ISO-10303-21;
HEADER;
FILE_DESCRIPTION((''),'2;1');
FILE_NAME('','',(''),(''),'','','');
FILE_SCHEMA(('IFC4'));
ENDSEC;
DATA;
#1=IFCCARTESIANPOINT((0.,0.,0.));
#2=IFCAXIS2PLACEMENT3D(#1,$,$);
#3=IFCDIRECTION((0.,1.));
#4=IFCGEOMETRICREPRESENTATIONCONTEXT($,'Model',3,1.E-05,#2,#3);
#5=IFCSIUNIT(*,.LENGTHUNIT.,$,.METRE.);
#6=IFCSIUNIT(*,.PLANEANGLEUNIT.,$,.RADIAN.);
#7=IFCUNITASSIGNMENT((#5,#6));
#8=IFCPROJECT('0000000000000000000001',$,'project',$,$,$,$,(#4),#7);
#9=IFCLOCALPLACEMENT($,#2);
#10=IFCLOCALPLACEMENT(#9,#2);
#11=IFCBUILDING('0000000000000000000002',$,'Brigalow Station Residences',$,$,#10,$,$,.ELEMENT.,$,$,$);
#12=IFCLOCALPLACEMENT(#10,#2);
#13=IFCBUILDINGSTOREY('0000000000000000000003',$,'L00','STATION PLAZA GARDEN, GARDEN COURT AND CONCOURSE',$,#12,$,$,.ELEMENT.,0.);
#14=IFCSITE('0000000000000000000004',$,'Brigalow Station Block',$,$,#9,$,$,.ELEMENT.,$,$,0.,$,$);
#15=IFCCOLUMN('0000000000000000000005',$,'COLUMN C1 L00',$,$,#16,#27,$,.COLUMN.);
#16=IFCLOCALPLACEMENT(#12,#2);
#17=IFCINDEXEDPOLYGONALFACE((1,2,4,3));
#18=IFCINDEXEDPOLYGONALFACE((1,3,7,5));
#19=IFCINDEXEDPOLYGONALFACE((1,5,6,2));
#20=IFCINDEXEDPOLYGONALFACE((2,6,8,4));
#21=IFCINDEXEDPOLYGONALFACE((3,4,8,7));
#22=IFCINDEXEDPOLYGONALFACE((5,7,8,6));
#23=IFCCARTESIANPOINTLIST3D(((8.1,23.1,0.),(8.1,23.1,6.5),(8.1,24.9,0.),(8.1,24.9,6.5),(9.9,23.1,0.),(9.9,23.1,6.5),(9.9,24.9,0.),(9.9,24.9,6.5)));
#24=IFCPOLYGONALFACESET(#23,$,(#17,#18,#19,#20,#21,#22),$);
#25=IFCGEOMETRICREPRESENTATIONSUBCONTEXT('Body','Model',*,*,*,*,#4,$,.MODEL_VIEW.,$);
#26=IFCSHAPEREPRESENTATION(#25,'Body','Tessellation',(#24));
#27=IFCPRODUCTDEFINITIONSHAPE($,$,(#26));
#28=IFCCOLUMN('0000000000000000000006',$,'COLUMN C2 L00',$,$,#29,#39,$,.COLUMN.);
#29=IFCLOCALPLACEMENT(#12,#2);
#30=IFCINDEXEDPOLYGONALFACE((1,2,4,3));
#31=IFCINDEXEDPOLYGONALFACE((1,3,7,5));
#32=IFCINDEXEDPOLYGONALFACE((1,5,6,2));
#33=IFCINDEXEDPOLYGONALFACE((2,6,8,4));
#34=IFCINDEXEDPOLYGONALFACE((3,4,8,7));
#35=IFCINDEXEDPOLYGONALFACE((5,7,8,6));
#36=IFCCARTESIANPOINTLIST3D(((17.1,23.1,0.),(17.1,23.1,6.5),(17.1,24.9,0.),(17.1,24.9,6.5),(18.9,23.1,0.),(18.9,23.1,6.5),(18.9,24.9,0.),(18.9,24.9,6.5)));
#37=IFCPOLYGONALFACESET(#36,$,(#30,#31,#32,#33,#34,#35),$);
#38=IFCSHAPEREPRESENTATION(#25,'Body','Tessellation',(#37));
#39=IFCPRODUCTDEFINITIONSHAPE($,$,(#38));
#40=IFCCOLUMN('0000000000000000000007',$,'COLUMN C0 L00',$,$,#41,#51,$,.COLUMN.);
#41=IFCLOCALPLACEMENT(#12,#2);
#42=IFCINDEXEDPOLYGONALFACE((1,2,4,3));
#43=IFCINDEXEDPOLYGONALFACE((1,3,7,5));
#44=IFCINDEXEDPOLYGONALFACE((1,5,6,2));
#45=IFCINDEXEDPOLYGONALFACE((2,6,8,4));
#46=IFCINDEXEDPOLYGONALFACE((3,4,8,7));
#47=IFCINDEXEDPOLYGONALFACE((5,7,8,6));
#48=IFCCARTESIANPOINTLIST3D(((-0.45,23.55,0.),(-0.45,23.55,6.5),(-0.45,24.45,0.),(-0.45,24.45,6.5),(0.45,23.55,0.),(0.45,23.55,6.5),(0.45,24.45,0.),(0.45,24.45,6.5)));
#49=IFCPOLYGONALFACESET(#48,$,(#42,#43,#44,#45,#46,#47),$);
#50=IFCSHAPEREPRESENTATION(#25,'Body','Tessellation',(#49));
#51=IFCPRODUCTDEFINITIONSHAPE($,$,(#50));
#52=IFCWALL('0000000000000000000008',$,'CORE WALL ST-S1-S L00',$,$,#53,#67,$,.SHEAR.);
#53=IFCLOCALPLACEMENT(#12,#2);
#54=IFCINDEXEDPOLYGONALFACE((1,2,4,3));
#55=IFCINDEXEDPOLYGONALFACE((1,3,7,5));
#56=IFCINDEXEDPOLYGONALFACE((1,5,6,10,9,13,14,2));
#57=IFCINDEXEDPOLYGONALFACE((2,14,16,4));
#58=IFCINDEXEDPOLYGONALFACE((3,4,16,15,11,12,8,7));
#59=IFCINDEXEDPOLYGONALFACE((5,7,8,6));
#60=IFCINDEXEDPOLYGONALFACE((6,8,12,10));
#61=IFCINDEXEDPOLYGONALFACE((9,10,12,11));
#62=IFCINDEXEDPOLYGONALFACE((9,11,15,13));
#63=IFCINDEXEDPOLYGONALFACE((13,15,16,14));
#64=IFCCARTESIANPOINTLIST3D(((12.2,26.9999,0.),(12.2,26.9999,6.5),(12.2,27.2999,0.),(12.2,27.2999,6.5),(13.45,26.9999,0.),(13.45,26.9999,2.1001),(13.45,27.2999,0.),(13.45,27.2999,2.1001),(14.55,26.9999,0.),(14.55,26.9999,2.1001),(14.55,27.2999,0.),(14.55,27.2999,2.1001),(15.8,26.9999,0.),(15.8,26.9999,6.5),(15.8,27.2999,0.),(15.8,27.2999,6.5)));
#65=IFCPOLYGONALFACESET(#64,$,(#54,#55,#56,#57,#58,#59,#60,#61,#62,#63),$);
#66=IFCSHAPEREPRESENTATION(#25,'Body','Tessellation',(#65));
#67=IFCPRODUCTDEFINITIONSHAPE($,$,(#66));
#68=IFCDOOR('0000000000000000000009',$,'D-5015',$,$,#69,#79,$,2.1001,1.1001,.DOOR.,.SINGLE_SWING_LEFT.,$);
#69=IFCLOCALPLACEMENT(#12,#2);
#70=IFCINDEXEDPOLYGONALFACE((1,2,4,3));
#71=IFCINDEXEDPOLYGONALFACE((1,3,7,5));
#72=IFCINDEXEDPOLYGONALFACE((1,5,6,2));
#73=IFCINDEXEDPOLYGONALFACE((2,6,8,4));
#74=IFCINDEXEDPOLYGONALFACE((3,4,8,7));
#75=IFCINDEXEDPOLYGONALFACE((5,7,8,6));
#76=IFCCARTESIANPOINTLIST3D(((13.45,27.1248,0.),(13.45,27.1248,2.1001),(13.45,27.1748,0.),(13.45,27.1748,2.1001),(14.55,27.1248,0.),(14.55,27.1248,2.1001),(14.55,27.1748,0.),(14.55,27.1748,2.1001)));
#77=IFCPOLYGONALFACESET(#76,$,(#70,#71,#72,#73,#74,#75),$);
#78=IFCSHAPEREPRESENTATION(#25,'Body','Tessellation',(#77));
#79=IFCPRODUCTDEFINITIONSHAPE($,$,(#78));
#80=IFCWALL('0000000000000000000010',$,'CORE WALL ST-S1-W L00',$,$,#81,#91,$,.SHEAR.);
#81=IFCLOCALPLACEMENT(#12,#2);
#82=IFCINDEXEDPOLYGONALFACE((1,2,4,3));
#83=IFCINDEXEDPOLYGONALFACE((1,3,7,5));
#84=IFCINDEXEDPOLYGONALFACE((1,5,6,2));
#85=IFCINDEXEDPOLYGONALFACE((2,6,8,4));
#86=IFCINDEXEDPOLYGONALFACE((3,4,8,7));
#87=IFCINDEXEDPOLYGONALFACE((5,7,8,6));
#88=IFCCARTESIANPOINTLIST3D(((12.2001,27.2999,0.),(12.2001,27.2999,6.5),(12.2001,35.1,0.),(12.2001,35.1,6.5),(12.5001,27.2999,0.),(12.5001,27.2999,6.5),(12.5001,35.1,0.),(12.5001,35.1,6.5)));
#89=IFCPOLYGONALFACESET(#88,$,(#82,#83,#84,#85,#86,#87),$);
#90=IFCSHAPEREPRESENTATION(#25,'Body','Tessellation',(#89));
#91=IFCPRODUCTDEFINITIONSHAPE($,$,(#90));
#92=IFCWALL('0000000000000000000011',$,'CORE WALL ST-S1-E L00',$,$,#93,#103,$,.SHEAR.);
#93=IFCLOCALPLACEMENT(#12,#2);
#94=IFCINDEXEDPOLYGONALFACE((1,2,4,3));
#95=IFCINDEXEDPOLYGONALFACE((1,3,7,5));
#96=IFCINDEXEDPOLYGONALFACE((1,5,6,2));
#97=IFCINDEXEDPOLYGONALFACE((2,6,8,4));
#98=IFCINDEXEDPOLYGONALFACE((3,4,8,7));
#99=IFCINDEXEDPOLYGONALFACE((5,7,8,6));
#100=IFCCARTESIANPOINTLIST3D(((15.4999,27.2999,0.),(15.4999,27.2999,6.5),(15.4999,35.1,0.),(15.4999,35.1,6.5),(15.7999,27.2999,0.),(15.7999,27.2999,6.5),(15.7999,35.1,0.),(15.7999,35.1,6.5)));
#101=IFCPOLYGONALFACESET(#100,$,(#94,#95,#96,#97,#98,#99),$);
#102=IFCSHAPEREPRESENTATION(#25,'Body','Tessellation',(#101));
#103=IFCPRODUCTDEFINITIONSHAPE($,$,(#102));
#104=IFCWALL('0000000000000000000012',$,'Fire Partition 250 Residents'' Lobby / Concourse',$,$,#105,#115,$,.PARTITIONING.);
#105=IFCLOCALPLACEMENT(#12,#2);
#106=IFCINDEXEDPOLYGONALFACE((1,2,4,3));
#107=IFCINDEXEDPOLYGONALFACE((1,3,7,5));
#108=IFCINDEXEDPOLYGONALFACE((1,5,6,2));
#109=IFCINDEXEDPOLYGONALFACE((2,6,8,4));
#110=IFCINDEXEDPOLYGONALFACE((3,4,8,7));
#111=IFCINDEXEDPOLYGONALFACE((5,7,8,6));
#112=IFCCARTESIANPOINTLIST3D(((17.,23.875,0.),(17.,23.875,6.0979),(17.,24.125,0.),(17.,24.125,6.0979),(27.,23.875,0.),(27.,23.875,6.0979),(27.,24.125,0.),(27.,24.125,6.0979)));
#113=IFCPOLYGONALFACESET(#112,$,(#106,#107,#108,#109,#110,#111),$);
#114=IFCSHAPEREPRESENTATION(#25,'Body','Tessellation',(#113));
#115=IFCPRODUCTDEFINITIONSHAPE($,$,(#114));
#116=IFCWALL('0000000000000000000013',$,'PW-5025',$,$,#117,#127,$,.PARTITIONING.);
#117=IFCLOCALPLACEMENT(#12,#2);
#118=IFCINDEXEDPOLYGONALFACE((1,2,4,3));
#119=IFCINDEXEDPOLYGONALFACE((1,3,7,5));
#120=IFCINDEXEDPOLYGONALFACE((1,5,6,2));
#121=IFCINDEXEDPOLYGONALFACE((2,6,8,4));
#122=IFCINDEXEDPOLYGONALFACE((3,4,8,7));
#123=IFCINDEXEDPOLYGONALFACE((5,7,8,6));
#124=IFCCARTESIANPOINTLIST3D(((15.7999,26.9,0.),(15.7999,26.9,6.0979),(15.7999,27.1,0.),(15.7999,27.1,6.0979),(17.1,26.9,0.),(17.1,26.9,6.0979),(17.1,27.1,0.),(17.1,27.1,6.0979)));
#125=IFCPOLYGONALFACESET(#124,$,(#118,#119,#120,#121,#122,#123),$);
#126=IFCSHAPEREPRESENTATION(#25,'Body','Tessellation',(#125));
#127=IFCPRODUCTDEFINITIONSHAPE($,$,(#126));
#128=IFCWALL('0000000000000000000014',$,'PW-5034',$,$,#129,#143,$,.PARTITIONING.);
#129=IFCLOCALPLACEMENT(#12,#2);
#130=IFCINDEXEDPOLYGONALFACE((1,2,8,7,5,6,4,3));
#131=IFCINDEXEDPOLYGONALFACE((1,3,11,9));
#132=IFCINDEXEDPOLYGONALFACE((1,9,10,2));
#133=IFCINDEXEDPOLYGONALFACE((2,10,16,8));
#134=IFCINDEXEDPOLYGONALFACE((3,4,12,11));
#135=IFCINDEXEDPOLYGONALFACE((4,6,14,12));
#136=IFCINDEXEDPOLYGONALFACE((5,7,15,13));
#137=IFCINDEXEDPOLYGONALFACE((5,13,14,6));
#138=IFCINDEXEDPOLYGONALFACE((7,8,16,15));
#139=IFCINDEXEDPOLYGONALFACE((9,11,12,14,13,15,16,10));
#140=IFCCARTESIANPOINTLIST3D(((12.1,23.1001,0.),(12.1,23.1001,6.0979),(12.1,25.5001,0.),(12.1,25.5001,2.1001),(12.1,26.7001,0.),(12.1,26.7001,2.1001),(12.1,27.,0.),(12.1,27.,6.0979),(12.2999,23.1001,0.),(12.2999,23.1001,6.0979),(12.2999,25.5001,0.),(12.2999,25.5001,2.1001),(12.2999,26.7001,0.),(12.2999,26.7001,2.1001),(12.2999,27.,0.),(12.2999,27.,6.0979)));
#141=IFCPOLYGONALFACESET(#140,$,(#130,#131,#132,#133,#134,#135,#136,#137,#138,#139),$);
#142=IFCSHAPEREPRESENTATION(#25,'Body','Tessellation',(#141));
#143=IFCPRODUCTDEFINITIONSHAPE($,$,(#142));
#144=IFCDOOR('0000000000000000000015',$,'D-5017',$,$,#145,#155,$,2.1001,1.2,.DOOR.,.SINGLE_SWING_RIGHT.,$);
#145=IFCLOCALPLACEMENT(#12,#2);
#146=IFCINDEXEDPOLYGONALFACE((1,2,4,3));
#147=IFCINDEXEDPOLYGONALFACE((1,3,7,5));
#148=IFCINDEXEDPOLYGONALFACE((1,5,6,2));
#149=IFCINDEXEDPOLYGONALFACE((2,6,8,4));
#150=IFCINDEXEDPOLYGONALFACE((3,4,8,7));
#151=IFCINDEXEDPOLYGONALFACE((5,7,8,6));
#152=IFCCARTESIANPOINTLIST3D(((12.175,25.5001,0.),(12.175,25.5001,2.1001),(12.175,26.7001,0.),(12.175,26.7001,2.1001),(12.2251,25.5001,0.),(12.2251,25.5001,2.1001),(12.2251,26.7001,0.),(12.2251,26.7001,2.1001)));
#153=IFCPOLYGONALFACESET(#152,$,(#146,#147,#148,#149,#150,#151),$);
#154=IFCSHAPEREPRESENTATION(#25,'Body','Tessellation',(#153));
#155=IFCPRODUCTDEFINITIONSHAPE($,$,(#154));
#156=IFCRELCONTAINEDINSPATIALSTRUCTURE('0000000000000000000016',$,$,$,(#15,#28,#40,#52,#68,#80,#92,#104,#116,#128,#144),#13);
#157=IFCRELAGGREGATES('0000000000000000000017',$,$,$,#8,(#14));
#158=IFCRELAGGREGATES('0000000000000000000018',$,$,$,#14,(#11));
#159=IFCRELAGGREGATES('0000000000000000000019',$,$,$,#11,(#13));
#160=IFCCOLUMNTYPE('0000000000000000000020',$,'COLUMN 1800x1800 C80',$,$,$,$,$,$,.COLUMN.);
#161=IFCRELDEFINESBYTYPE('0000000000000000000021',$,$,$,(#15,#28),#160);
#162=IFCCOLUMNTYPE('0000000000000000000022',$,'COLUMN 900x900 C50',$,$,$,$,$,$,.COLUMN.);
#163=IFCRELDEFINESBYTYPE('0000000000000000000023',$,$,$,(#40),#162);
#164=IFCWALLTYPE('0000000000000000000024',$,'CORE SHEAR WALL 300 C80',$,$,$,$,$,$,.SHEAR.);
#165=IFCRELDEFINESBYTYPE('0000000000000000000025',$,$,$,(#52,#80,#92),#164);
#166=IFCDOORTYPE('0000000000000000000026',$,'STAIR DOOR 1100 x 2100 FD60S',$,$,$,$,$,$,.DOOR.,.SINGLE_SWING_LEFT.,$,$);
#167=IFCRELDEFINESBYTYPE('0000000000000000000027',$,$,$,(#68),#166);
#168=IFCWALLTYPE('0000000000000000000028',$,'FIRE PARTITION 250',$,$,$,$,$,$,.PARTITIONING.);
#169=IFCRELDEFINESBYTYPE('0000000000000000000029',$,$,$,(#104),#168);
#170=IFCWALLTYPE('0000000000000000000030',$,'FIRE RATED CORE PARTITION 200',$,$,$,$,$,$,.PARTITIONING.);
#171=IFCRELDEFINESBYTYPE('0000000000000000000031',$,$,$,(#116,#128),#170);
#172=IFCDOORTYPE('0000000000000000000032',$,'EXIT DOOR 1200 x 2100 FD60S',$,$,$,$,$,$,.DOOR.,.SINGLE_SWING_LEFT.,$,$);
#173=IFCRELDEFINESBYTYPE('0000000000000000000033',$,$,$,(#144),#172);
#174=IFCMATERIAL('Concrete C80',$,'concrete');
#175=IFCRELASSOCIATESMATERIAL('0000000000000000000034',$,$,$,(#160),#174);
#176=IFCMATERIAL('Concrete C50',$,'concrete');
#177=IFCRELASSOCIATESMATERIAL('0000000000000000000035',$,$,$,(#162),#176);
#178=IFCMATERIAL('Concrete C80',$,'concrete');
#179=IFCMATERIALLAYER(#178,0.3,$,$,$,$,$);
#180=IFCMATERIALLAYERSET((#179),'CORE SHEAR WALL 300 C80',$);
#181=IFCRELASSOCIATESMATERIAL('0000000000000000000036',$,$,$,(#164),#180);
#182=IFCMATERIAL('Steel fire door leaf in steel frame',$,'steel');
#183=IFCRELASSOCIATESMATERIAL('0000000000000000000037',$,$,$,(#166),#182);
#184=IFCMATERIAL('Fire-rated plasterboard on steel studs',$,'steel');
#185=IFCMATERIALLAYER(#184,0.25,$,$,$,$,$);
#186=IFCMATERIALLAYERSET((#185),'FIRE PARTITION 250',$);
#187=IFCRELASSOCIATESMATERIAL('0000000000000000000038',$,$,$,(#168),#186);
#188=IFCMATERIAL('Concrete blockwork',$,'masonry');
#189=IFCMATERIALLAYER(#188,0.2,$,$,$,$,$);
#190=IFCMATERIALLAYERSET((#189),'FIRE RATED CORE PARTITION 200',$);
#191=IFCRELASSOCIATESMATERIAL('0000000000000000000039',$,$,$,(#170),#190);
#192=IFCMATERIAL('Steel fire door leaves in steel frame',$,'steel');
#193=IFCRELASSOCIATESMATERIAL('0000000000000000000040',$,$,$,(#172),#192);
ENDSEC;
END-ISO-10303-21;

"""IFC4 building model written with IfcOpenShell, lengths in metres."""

from ifc_helpers import new_model, si_unit, direction, frame, frame_2d, origin, origin_2d, place, context, subcontext, project, spatial, rectangle, extrude, material, layer, layer_set, material_profile, profile_set, type_object, element, fill, save


model = new_model("IFC4")

# Units and contexts
model_context = context("Model", 3, precision=1e-05, world=origin(), true_north=direction((0.0, 1.0)))
body_context = subcontext(model_context, "Body", "Model", "MODEL_VIEW")
ifc_project = project(units=[si_unit("LENGTHUNIT", "METRE"), si_unit("PLANEANGLEUNIT", "RADIAN")], contexts=[model_context])

# Site, building, storey
site_placement = place(None, origin())
site = spatial("IfcSite", under=ifc_project, at=site_placement, Name="Brigalow Station Block", CompositionType="ELEMENT", RefElevation=0.0)
building_placement = place(site_placement, origin())
building = spatial("IfcBuilding", under=site, at=building_placement, Name="Brigalow Station Residences", CompositionType="ELEMENT")
storey_placement = place(building_placement, origin())
storey = spatial("IfcBuildingStorey", under=building, at=storey_placement, Name="L00", Description="STATION PLAZA GARDEN, GARDEN COURT AND CONCOURSE", CompositionType="ELEMENT", Elevation=0.0)

# Columns
ifc_material_1 = material(Name="Concrete C80", Category="concrete")
ifc_material_profile_1 = material_profile(ifc_material_1, rectangle(XDim=1.8, YDim=1.8, at=origin_2d()), Name="RC1800x1800")
ifc_profile_set_1 = profile_set([ifc_material_profile_1], Name="Concrete C80")
column_type_1 = type_object("IfcColumnType", Name="COLUMN 1800x1800 C80", PredefinedType="COLUMN", material=ifc_profile_set_1)
for number, where, z_axis, x_axis, name in (
    (1, (9.0, 24.0, 0.0), (0.0, 0.0, 1.0), (1.0, 0.0, 0.0), "COLUMN C1 L00"),
    (2, (18.0, 24.0, 0.0), (0.0, 0.0, 1.0), (1.0, 0.0, 0.0), "COLUMN C2 L00"),
):
    element("IfcColumn", number, at=place(storey_placement, frame(where, z_axis=z_axis, x_axis=x_axis)), inside=storey, type_object=column_type_1, Name=name, PredefinedType="COLUMN", context=body_context, shape_type="SweptSolid", body=[
        extrude(rectangle(XDim=1.8, YDim=1.8, at=origin_2d()), origin(), (0.0, 0.0, 1.0), 6.5),
    ])
ifc_material_2 = material(Name="Concrete C50", Category="concrete")
ifc_material_profile_2 = material_profile(ifc_material_2, rectangle(XDim=0.8999, YDim=0.8999, at=origin_2d()), Name="RC900x900")
ifc_profile_set_2 = profile_set([ifc_material_profile_2], Name="Concrete C50")
column_type_2 = type_object("IfcColumnType", Name="COLUMN 900x900 C50", PredefinedType="COLUMN", material=ifc_profile_set_2)
column_placement = place(storey_placement, frame((0.0, 24.0, 0.0), z_axis=(0.0, 0.0, 1.0), x_axis=(1.0, 0.0, 0.0)))
element("IfcColumn", 3, at=column_placement, inside=storey, type_object=column_type_2, Name="COLUMN C0 L00", PredefinedType="COLUMN", context=body_context, shape_type="SweptSolid", body=[
    extrude(rectangle(XDim=0.8999, YDim=0.8999, at=origin_2d()), origin(), (0.0, 0.0, 1.0), 6.5),
])

# Wall, opening, door
ifc_material_3 = material(Name="Concrete C80", Category="concrete")
ifc_layer_1 = layer(ifc_material_3, 0.3)
ifc_layer_set_1 = layer_set([ifc_layer_1], Name="CORE SHEAR WALL 300 C80")
wall_type_1 = type_object("IfcWallType", Name="CORE SHEAR WALL 300 C80", PredefinedType="SHEAR", material=ifc_layer_set_1)
wall_1_placement = place(storey_placement, frame((12.2, 27.1499, 0.0), z_axis=(0.0, 0.0, 1.0), x_axis=(1.0, 0.0, 0.0)))
wall_1 = element("IfcWall", 4, at=wall_1_placement, inside=storey, type_object=wall_type_1, Name="CORE WALL ST-S1-S L00", PredefinedType="SHEAR", context=body_context, shape_type="SweptSolid", body=[
    extrude(rectangle(XDim=3.6001, YDim=0.3, at=frame_2d((1.8, 0.0))), origin(), (0.0, 0.0, 1.0), 6.5),
])
opening_1_placement = place(wall_1_placement, frame((1.25, 0.0, 0.0)))
opening_1 = element("IfcOpeningElement", 5, at=opening_1_placement, cuts=wall_1, PredefinedType="OPENING", context=body_context, shape_type="SweptSolid", body=[
    extrude(rectangle(XDim=1.1001, YDim=2.1001, at=frame_2d((0.55, 1.05))), frame((0.0, 0.1602, 0.0), z_axis=(0.0, -1.0, 0.0), x_axis=(1.0, 0.0, 0.0)), (0.0, 0.0, 1.0), 0.3201),
])
ifc_material_4 = material(Name="Steel fire door leaf in steel frame", Category="steel")
door_type_1 = type_object("IfcDoorType", Name="STAIR DOOR 1100 x 2100 FD60S", OperationType="SINGLE_SWING_LEFT", PredefinedType="DOOR", material=ifc_material_4)
door_1_placement = place(opening_1_placement, origin())
door_1 = element("IfcDoor", 6, at=door_1_placement, inside=storey, type_object=door_type_1, Name="D-5015", OperationType="SINGLE_SWING_LEFT", OverallHeight=2.1001, OverallWidth=1.1001, PredefinedType="DOOR", context=body_context, shape_type="SweptSolid", body=[
    extrude(rectangle(XDim=1.1001, YDim=2.1001, at=frame_2d((0.55, 1.05))), frame((0.0, 0.0249, 0.0), z_axis=(0.0, -1.0, 0.0), x_axis=(1.0, 0.0, 0.0)), (0.0, 0.0, 1.0), 0.05),
])
fill(opening_1, door_1)

# Walls
for number, where, z_axis, x_axis, name in (
    (7, (12.3501, 27.3, 0.0), (0.0, 0.0, 1.0), (0.0, 1.0, 0.0), "CORE WALL ST-S1-W L00"),
    (8, (15.6499, 27.3, 0.0), (0.0, 0.0, 1.0), (0.0, 1.0, 0.0), "CORE WALL ST-S1-E L00"),
):
    element("IfcWall", number, at=place(storey_placement, frame(where, z_axis=z_axis, x_axis=x_axis)), inside=storey, type_object=wall_type_1, Name=name, PredefinedType="SHEAR", context=body_context, shape_type="SweptSolid", body=[
        extrude(rectangle(XDim=7.8, YDim=0.3, at=frame_2d((3.8999, 0.0))), origin(), (0.0, 0.0, 1.0), 6.5),
    ])
ifc_material_5 = material(Name="Fire-rated plasterboard on steel studs", Category="steel")
ifc_layer_2 = layer(ifc_material_5, 0.25)
ifc_layer_set_2 = layer_set([ifc_layer_2], Name="FIRE PARTITION 250")
wall_type_2 = type_object("IfcWallType", Name="FIRE PARTITION 250", PredefinedType="PARTITIONING", material=ifc_layer_set_2)
wall_2_placement = place(storey_placement, frame((17.0, 24.0, 0.0), z_axis=(0.0, 0.0, 1.0), x_axis=(1.0, 0.0, 0.0)))
element("IfcWall", 9, at=wall_2_placement, inside=storey, type_object=wall_type_2, Name="Fire Partition 250 Residents' Lobby / Concourse", PredefinedType="PARTITIONING", context=body_context, shape_type="SweptSolid", body=[
    extrude(rectangle(XDim=10.0, YDim=0.25, at=frame_2d((5.0, 0.0))), origin(), (0.0, 0.0, 1.0), 6.0979),
])
ifc_material_6 = material(Name="Concrete blockwork", Category="masonry")
ifc_layer_3 = layer(ifc_material_6, 0.2)
ifc_layer_set_3 = layer_set([ifc_layer_3], Name="FIRE RATED CORE PARTITION 200")
wall_type_3 = type_object("IfcWallType", Name="FIRE RATED CORE PARTITION 200", PredefinedType="PARTITIONING", material=ifc_layer_set_3)
wall_3_placement = place(storey_placement, frame((15.8, 27.0, 0.0), z_axis=(0.0, 0.0, 1.0), x_axis=(1.0, 0.0, 0.0)))
element("IfcWall", 10, at=wall_3_placement, inside=storey, type_object=wall_type_3, Name="PW-5025", PredefinedType="PARTITIONING", context=body_context, shape_type="SweptSolid", body=[
    extrude(rectangle(XDim=1.3, YDim=0.2, at=frame_2d((0.6499, 0.0))), origin(), (0.0, 0.0, 1.0), 6.0979),
])

# Wall, opening, door
wall_4_placement = place(storey_placement, frame((12.2, 23.1001, 0.0), z_axis=(0.0, 0.0, 1.0), x_axis=(0.0, 1.0, 0.0)))
wall_4 = element("IfcWall", 11, at=wall_4_placement, inside=storey, type_object=wall_type_3, Name="PW-5034", PredefinedType="PARTITIONING", context=body_context, shape_type="SweptSolid", body=[
    extrude(rectangle(XDim=3.8999, YDim=0.2, at=frame_2d((1.95, 0.0))), origin(), (0.0, 0.0, 1.0), 6.0979),
])
opening_2_placement = place(wall_4_placement, frame((2.3999, 0.0, 0.0)))
opening_2 = element("IfcOpeningElement", 12, at=opening_2_placement, cuts=wall_4, PredefinedType="OPENING", context=body_context, shape_type="SweptSolid", body=[
    extrude(rectangle(XDim=1.2, YDim=2.1001, at=frame_2d((0.6001, 1.05))), frame((0.0, 0.1099, 0.0), z_axis=(0.0, -1.0, 0.0), x_axis=(1.0, 0.0, 0.0)), (0.0, 0.0, 1.0), 0.22),
])
ifc_material_7 = material(Name="Steel fire door leaves in steel frame", Category="steel")
door_type_2 = type_object("IfcDoorType", Name="EXIT DOOR 1200 x 2100 FD60S", OperationType="SINGLE_SWING_LEFT", PredefinedType="DOOR", material=ifc_material_7)
door_2_placement = place(opening_2_placement, origin())
door_2 = element("IfcDoor", 13, at=door_2_placement, inside=storey, type_object=door_type_2, Name="D-5017", OperationType="SINGLE_SWING_RIGHT", OverallHeight=2.1001, OverallWidth=1.2, PredefinedType="DOOR", context=body_context, shape_type="SweptSolid", body=[
    extrude(rectangle(XDim=1.2, YDim=2.1001, at=frame_2d((0.6001, 1.05))), frame((0.0, 0.0249, 0.0), z_axis=(0.0, -1.0, 0.0), x_axis=(1.0, 0.0, 0.0)), (0.0, 0.0, 1.0), 0.05),
])
fill(opening_2, door_2)

save(model, "model.ifc")
